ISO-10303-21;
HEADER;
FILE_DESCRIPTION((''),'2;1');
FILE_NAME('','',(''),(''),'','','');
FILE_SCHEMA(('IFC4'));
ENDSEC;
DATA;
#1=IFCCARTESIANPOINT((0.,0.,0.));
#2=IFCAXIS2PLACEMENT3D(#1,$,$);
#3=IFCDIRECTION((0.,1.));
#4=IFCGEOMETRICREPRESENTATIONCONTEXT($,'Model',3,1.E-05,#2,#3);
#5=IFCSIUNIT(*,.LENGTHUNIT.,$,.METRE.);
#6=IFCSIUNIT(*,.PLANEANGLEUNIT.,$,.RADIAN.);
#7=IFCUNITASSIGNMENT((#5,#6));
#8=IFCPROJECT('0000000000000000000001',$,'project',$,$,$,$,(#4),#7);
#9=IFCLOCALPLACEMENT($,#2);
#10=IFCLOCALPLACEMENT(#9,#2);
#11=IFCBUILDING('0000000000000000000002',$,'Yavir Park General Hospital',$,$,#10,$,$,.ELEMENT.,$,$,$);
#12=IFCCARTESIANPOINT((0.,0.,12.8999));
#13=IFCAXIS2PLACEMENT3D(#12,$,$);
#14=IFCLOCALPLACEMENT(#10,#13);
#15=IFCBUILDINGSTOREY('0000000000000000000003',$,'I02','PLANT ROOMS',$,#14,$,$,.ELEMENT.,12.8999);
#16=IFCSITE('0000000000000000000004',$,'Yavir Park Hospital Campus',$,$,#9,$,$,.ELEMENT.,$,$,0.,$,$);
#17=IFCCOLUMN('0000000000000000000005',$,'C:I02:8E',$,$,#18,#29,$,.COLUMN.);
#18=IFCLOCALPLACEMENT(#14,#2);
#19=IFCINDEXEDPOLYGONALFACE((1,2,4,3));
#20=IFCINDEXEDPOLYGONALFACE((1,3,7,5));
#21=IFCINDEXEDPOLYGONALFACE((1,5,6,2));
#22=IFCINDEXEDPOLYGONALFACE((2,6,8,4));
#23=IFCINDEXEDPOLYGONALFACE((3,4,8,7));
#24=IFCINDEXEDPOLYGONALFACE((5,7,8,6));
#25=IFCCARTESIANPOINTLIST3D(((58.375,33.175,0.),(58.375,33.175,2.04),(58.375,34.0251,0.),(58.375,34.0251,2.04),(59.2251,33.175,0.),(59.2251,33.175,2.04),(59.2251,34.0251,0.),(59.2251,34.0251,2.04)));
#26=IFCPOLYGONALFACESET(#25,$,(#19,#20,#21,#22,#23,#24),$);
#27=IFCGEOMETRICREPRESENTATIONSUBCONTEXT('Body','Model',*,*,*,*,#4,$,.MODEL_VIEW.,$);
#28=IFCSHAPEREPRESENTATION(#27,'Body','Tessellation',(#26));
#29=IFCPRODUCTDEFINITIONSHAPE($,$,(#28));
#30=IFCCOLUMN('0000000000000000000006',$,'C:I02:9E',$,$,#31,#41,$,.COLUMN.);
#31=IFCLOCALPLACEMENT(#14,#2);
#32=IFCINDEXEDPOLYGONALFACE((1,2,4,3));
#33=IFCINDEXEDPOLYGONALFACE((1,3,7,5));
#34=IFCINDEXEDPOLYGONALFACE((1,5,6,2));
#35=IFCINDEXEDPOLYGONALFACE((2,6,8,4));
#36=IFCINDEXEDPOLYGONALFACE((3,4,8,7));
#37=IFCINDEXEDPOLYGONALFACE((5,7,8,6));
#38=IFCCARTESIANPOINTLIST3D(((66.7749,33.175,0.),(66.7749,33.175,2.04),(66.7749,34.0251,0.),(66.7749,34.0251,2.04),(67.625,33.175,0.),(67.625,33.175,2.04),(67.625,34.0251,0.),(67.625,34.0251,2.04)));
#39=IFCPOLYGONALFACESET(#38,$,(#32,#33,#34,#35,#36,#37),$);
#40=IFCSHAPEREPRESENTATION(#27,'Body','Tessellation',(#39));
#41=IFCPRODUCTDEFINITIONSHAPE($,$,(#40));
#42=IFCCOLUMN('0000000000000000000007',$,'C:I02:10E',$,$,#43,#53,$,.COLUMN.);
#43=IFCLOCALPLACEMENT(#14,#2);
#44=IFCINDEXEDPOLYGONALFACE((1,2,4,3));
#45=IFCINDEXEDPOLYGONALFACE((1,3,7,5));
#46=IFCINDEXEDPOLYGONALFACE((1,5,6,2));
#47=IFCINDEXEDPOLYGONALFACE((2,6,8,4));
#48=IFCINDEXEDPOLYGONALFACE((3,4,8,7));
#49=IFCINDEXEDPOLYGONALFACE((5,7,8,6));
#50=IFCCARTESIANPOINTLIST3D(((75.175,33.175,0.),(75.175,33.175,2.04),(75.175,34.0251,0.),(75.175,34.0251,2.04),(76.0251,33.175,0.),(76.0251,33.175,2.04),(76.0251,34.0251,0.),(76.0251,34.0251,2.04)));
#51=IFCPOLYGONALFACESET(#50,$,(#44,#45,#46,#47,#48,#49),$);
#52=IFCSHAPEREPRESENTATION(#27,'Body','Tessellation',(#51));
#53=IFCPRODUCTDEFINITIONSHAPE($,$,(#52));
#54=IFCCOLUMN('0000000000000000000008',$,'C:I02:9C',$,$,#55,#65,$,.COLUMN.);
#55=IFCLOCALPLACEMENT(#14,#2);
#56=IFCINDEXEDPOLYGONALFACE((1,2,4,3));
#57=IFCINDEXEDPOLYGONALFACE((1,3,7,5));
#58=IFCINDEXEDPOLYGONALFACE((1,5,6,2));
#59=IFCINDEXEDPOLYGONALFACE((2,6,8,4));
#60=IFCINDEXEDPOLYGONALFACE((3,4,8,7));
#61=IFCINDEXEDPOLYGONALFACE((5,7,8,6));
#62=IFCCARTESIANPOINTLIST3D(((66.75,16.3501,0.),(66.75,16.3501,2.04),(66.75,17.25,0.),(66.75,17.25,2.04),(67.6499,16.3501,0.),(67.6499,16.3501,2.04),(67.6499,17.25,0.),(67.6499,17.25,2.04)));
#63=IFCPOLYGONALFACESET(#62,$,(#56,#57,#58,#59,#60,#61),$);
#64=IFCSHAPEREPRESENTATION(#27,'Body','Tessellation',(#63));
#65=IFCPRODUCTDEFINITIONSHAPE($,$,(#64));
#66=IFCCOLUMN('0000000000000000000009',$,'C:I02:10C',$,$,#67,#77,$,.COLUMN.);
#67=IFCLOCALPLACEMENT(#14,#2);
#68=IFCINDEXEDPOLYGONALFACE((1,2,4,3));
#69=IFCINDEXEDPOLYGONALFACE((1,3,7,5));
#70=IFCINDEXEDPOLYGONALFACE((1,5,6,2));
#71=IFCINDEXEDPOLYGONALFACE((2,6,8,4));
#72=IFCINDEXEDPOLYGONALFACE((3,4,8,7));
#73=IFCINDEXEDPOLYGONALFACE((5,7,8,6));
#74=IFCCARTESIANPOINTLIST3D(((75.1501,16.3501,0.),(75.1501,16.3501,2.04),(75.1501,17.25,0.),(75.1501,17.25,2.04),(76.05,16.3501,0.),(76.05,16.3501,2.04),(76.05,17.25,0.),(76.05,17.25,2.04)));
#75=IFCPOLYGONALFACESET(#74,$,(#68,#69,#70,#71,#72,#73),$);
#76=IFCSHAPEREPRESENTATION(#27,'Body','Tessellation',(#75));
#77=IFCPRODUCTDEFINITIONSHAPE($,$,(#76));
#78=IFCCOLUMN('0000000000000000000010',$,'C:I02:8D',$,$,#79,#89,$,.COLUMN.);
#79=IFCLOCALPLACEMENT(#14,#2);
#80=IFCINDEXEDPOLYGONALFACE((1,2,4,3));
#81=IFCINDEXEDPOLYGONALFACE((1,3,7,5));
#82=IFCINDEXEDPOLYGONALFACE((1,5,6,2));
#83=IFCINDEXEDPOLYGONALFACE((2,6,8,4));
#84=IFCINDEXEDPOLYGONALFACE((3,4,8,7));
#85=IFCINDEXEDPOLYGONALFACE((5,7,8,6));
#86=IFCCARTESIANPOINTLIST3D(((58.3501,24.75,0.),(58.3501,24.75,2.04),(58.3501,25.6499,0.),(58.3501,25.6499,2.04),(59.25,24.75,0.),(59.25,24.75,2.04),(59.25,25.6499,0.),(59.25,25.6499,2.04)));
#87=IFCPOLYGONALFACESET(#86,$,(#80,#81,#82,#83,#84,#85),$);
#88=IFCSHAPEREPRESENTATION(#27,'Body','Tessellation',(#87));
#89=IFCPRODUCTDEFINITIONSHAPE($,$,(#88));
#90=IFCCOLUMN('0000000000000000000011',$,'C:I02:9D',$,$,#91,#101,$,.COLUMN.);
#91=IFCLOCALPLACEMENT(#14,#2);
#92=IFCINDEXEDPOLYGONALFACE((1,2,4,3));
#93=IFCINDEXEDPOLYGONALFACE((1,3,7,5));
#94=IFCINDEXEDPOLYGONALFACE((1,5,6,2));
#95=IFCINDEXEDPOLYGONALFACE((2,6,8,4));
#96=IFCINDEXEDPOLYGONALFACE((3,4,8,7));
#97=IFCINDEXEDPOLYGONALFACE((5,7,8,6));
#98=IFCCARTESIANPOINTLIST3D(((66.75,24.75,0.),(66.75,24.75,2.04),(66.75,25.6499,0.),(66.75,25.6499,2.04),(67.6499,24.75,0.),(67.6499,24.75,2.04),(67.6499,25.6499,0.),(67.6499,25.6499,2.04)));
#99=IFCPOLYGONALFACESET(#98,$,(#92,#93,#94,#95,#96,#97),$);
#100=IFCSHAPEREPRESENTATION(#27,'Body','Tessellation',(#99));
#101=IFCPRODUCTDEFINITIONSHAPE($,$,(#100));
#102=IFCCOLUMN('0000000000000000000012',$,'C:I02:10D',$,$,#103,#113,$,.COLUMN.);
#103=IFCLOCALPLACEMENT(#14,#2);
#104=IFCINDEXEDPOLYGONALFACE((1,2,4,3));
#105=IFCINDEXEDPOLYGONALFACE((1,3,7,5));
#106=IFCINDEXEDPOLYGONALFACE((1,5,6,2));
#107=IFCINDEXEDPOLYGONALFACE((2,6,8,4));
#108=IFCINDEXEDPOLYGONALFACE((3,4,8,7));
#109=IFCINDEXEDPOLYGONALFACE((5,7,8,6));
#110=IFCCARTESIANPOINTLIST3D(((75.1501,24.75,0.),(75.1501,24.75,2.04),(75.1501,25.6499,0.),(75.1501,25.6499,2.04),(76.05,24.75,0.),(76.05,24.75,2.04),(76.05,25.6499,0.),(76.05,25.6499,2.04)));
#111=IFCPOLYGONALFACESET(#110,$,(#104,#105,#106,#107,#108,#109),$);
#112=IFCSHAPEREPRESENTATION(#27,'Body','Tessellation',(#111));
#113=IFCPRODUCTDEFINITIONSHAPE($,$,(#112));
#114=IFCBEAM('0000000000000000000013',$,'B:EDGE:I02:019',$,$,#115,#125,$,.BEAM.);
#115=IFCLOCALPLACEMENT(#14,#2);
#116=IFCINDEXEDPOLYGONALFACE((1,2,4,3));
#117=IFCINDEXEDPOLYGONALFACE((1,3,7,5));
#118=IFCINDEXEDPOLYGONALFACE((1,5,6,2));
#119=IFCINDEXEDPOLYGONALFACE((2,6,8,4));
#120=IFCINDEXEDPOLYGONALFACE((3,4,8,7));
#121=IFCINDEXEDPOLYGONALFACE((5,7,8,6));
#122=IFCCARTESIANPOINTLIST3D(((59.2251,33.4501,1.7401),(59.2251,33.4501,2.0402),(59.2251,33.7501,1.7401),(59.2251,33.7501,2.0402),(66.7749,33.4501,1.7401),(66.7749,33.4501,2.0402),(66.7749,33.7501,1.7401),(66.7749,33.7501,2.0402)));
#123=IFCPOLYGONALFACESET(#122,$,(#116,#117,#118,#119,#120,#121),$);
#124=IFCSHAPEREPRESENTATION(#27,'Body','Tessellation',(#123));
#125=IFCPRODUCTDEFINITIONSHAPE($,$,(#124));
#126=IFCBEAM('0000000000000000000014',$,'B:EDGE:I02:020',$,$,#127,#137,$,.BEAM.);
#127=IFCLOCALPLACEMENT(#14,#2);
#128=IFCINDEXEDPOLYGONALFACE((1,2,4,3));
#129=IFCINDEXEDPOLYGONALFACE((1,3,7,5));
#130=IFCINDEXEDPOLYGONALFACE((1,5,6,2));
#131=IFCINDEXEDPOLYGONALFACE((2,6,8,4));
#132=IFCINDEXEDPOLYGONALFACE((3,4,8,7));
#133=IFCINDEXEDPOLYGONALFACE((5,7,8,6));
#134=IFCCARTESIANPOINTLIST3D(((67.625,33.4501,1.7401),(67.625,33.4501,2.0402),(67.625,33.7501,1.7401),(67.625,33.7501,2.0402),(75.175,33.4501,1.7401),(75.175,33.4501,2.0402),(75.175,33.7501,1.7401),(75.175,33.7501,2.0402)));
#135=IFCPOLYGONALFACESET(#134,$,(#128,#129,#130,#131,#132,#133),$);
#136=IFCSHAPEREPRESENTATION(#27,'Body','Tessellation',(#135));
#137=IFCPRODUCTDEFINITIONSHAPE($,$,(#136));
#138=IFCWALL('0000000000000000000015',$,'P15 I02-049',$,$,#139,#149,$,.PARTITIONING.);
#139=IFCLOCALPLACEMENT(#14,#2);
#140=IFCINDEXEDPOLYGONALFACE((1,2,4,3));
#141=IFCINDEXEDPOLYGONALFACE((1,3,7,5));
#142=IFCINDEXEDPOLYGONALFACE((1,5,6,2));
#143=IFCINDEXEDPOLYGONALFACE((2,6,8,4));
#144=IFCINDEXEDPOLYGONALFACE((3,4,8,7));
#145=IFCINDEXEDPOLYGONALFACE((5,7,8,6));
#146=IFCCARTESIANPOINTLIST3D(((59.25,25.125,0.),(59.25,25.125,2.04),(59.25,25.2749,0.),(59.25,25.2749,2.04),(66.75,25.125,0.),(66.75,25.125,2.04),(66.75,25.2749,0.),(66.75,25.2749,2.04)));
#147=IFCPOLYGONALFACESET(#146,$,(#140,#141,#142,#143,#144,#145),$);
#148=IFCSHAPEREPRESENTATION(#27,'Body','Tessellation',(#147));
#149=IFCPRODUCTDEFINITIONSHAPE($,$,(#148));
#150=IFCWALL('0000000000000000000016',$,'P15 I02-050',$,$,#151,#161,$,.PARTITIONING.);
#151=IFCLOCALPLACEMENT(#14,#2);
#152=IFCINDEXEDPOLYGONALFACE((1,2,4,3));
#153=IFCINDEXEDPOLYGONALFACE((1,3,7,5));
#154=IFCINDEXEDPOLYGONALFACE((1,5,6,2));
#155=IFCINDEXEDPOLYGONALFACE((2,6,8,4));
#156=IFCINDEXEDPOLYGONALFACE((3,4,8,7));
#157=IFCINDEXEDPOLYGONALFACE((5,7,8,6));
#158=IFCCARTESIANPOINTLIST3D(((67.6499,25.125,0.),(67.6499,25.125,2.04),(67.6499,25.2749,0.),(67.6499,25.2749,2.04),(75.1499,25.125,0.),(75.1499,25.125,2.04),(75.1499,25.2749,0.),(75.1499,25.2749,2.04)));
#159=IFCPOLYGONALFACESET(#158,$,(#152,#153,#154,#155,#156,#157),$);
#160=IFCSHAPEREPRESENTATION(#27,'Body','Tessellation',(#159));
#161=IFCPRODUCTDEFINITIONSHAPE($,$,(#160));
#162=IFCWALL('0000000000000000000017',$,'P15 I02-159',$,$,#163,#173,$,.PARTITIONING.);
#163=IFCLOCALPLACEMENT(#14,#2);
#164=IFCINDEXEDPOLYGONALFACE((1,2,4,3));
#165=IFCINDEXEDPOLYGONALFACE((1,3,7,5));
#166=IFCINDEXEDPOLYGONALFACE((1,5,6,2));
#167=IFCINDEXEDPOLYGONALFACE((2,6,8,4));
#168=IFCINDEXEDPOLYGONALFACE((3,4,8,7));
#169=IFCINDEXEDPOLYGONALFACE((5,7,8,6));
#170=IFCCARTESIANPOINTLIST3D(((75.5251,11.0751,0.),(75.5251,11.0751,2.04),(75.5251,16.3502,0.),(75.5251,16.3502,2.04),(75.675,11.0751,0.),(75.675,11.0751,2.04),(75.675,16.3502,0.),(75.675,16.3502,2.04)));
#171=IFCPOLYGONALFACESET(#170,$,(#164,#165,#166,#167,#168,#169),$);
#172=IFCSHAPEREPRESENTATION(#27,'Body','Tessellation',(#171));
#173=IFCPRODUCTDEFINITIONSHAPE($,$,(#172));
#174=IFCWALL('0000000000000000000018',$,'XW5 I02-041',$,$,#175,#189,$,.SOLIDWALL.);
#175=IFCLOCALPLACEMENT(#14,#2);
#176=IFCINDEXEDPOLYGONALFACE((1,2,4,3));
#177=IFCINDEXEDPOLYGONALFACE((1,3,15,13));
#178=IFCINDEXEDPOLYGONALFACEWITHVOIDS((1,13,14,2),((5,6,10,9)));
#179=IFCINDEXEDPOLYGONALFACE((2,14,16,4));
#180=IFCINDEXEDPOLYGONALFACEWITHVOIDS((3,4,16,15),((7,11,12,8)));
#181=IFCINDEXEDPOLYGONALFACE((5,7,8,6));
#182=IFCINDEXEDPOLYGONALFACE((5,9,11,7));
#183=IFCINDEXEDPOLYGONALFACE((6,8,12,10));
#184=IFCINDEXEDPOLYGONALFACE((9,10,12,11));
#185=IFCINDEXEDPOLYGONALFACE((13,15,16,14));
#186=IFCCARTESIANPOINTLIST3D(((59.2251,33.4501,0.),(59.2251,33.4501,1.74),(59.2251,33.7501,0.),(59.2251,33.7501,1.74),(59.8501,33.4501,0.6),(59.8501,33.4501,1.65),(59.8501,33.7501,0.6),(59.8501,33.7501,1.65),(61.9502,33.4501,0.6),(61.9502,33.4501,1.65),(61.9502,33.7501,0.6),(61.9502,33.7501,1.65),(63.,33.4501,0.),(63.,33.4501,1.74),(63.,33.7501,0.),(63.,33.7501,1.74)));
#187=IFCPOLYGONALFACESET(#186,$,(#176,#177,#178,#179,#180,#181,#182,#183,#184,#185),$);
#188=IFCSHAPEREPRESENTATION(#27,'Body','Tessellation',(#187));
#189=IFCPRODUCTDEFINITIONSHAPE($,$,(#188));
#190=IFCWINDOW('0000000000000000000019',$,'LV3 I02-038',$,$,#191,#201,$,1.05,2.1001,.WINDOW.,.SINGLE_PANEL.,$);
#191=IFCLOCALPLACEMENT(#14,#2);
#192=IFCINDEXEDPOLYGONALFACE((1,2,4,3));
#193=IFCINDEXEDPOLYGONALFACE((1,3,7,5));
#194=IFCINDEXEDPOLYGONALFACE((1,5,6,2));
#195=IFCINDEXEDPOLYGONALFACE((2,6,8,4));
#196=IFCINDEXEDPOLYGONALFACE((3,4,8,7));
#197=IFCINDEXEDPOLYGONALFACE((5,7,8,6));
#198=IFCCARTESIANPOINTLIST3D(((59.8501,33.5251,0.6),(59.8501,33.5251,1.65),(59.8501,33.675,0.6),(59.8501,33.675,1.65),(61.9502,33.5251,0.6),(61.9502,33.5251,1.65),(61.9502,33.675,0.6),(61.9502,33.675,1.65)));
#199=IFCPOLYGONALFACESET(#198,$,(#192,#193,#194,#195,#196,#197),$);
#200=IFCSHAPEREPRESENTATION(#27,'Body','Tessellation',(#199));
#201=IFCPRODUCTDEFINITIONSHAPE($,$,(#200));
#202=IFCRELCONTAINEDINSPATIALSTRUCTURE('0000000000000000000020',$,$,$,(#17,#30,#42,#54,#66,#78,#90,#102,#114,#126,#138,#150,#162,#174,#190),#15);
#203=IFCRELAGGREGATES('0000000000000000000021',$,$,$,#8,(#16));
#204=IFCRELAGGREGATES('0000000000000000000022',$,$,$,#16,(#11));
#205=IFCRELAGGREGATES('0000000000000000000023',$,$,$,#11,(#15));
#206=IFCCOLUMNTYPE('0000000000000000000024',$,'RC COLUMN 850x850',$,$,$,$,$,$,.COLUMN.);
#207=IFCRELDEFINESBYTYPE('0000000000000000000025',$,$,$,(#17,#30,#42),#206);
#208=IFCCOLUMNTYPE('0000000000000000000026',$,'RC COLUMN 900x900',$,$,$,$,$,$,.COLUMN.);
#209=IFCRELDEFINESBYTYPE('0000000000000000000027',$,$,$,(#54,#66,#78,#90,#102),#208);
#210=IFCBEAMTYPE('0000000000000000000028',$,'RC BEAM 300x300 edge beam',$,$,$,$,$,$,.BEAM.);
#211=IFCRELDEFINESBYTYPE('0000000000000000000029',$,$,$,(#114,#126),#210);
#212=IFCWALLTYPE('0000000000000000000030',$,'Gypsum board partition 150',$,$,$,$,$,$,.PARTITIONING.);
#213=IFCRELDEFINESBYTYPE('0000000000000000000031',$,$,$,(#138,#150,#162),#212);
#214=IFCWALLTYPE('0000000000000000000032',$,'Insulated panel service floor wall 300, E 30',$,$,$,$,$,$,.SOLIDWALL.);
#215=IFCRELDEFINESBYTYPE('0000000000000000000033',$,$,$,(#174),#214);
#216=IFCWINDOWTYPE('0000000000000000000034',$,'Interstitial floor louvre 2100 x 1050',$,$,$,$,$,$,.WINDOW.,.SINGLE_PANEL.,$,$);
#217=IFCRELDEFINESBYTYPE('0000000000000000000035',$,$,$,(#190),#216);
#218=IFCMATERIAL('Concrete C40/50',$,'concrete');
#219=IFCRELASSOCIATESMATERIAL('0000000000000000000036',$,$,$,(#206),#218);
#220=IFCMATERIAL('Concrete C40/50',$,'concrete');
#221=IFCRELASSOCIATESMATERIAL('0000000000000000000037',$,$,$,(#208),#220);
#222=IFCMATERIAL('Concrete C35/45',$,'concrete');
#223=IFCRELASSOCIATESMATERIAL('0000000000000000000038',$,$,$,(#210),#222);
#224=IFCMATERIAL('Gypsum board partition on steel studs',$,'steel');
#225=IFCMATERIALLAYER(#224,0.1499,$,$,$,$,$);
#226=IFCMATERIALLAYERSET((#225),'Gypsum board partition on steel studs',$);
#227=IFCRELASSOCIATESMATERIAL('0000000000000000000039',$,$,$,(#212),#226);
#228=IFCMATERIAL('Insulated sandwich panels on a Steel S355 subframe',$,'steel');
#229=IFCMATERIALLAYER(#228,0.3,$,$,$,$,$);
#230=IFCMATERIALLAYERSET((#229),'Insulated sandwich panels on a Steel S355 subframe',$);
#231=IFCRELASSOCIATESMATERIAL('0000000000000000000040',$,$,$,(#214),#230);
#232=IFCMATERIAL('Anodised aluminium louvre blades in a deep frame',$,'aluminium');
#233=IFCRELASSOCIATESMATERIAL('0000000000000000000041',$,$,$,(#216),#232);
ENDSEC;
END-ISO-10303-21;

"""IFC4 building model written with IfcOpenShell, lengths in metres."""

from ifc_helpers import new_model, si_unit, direction, frame, frame_2d, origin, origin_2d, place, context, subcontext, project, spatial, rectangle, extrude, material, layer, layer_set, material_profile, profile_set, type_object, element, fill, save


model = new_model("IFC4")

# Units and contexts
model_context = context("Model", 3, precision=1e-05, world=origin(), true_north=direction((0.0, 1.0)))
body_context = subcontext(model_context, "Body", "Model", "MODEL_VIEW")
ifc_project = project(units=[si_unit("LENGTHUNIT", "METRE"), si_unit("PLANEANGLEUNIT", "RADIAN")], contexts=[model_context])

# Site, building, storey
site_placement = place(None, origin())
site = spatial("IfcSite", under=ifc_project, at=site_placement, Name="Yavir Park Hospital Campus", CompositionType="ELEMENT", RefElevation=0.0)
building_placement = place(site_placement, origin())
building = spatial("IfcBuilding", under=site, at=building_placement, Name="Yavir Park General Hospital", CompositionType="ELEMENT")
storey_placement = place(building_placement, frame((0.0, 0.0, 12.8999)))
storey = spatial("IfcBuildingStorey", under=building, at=storey_placement, Name="I02", Description="PLANT ROOMS", CompositionType="ELEMENT", Elevation=12.8999)

# Columns
ifc_material_1 = material(Name="Concrete C40/50", Category="concrete")
ifc_material_profile_1 = material_profile(ifc_material_1, rectangle(XDim=0.8501, YDim=0.8501, at=origin_2d()), Name="RC850x850")
ifc_profile_set_1 = profile_set([ifc_material_profile_1], Name="Concrete C40/50")
column_type_1 = type_object("IfcColumnType", Name="RC COLUMN 850x850", PredefinedType="COLUMN", material=ifc_profile_set_1)
for number, where, z_axis, x_axis, name in (
    (1, (58.8, 33.6001, 0.0), (0.0, 0.0, 1.0), (1.0, 0.0, 0.0), "C:I02:8E"),
    (2, (67.2, 33.6001, 0.0), (0.0, 0.0, 1.0), (1.0, 0.0, 0.0), "C:I02:9E"),
    (3, (75.6001, 33.6001, 0.0), (0.0, 0.0, 1.0), (1.0, 0.0, 0.0), "C:I02:10E"),
):
    element("IfcColumn", number, at=place(storey_placement, frame(where, z_axis=z_axis, x_axis=x_axis)), inside=storey, type_object=column_type_1, Name=name, PredefinedType="COLUMN", context=body_context, shape_type="SweptSolid", body=[
        extrude(rectangle(XDim=0.8501, YDim=0.8501, at=origin_2d()), origin(), (0.0, 0.0, 1.0), 2.04),
    ])
ifc_material_2 = material(Name="Concrete C40/50", Category="concrete")
ifc_material_profile_2 = material_profile(ifc_material_2, rectangle(XDim=0.8999, YDim=0.8999, at=origin_2d()), Name="RC900x900")
ifc_profile_set_2 = profile_set([ifc_material_profile_2], Name="Concrete C40/50")
column_type_2 = type_object("IfcColumnType", Name="RC COLUMN 900x900", PredefinedType="COLUMN", material=ifc_profile_set_2)
for number, where, z_axis, x_axis, name in (
    (4, (67.2, 16.8, 0.0), (0.0, 0.0, 1.0), (1.0, 0.0, 0.0), "C:I02:9C"),
    (5, (75.6001, 16.8, 0.0), (0.0, 0.0, 1.0), (1.0, 0.0, 0.0), "C:I02:10C"),
    (6, (58.8, 25.2, 0.0), (0.0, 0.0, 1.0), (1.0, 0.0, 0.0), "C:I02:8D"),
    (7, (67.2, 25.2, 0.0), (0.0, 0.0, 1.0), (1.0, 0.0, 0.0), "C:I02:9D"),
    (8, (75.6001, 25.2, 0.0), (0.0, 0.0, 1.0), (1.0, 0.0, 0.0), "C:I02:10D"),
):
    element("IfcColumn", number, at=place(storey_placement, frame(where, z_axis=z_axis, x_axis=x_axis)), inside=storey, type_object=column_type_2, Name=name, PredefinedType="COLUMN", context=body_context, shape_type="SweptSolid", body=[
        extrude(rectangle(XDim=0.8999, YDim=0.8999, at=origin_2d()), origin(), (0.0, 0.0, 1.0), 2.04),
    ])

# Beams
ifc_material_3 = material(Name="Concrete C35/45", Category="concrete")
ifc_material_profile_3 = material_profile(ifc_material_3, rectangle(XDim=0.3, YDim=0.3, at=origin_2d()), Name="RC300x300")
ifc_profile_set_3 = profile_set([ifc_material_profile_3], Name="Concrete C35/45")
beam_type = type_object("IfcBeamType", Name="RC BEAM 300x300 edge beam", PredefinedType="BEAM", material=ifc_profile_set_3)
beam_1_placement = place(storey_placement, frame((59.2251, 33.6001, 1.8901), z_axis=(1.0, 0.0, 0.0), x_axis=(0.0, 1.0, 0.0)))
element("IfcBeam", 9, at=beam_1_placement, inside=storey, type_object=beam_type, Name="B:EDGE:I02:019", PredefinedType="BEAM", context=body_context, shape_type="SweptSolid", body=[
    extrude(rectangle(XDim=0.3, YDim=0.3, at=origin_2d()), origin(), (0.0, 0.0, 1.0), 7.5498),
])
beam_2_placement = place(storey_placement, frame((67.625, 33.6001, 1.8901), z_axis=(1.0, 0.0, 0.0), x_axis=(0.0, 1.0, 0.0)))
element("IfcBeam", 10, at=beam_2_placement, inside=storey, type_object=beam_type, Name="B:EDGE:I02:020", PredefinedType="BEAM", context=body_context, shape_type="SweptSolid", body=[
    extrude(rectangle(XDim=0.3, YDim=0.3, at=origin_2d()), origin(), (0.0, 0.0, 1.0), 7.55),
])

# Walls
ifc_material_4 = material(Name="Gypsum board partition on steel studs", Category="steel")
ifc_layer_1 = layer(ifc_material_4, 0.1499)
ifc_layer_set_1 = layer_set([ifc_layer_1], Name="Gypsum board partition on steel studs")
wall_type_1 = type_object("IfcWallType", Name="Gypsum board partition 150", PredefinedType="PARTITIONING", material=ifc_layer_set_1)
for number, where, z_axis, x_axis, name in (
    (11, (59.25, 25.2, 0.0), (0.0, 0.0, 1.0), (1.0, 0.0, 0.0), "P15 I02-049"),
    (12, (67.6499, 25.2, 0.0), (0.0, 0.0, 1.0), (1.0, 0.0, 0.0), "P15 I02-050"),
):
    element("IfcWall", number, at=place(storey_placement, frame(where, z_axis=z_axis, x_axis=x_axis)), inside=storey, type_object=wall_type_1, Name=name, PredefinedType="PARTITIONING", context=body_context, shape_type="SweptSolid", body=[
        extrude(rectangle(XDim=7.5, YDim=0.1499, at=frame_2d((3.75, 0.0))), origin(), (0.0, 0.0, 1.0), 2.04),
    ])
wall_1_placement = place(storey_placement, frame((75.6001, 11.075, 0.0), z_axis=(0.0, 0.0, 1.0), x_axis=(0.0, 1.0, 0.0)))
element("IfcWall", 13, at=wall_1_placement, inside=storey, type_object=wall_type_1, Name="P15 I02-159", PredefinedType="PARTITIONING", context=body_context, shape_type="SweptSolid", body=[
    extrude(rectangle(XDim=5.2751, YDim=0.1499, at=frame_2d((2.6377, 0.0))), origin(), (0.0, 0.0, 1.0), 2.04),
])

# Wall, opening, window
ifc_material_5 = material(Name="Insulated sandwich panels on a Steel S355 subframe", Category="steel")
ifc_layer_2 = layer(ifc_material_5, 0.3)
ifc_layer_set_2 = layer_set([ifc_layer_2], Name="Insulated sandwich panels on a Steel S355 subframe")
wall_type_2 = type_object("IfcWallType", Name="Insulated panel service floor wall 300, E 30", PredefinedType="SOLIDWALL", material=ifc_layer_set_2)
wall_2_placement = place(storey_placement, frame((59.2251, 33.6001, 0.0), z_axis=(0.0, 0.0, 1.0), x_axis=(1.0, 0.0, 0.0)))
wall_2 = element("IfcWall", 14, at=wall_2_placement, inside=storey, type_object=wall_type_2, Name="XW5 I02-041", PredefinedType="SOLIDWALL", context=body_context, shape_type="SweptSolid", body=[
    extrude(rectangle(XDim=3.7749, YDim=0.3, at=frame_2d((1.8875, 0.0))), origin(), (0.0, 0.0, 1.0), 1.74),
])
opening_1_placement = place(wall_2_placement, frame((0.625, 0.0, 0.6001)))
opening_1 = element("IfcOpeningElement", 15, at=opening_1_placement, cuts=wall_2, PredefinedType="OPENING", context=body_context, shape_type="SweptSolid", body=[
    extrude(rectangle(XDim=2.1001, YDim=1.05, at=frame_2d((1.05, 0.5249))), frame((0.0, 0.1599, 0.0), z_axis=(0.0, -1.0, 0.0), x_axis=(1.0, 0.0, 0.0)), (0.0, 0.0, 1.0), 0.3201),
])
ifc_material_6 = material(Name="Anodised aluminium louvre blades in a deep frame", Category="aluminium")
window_type = type_object("IfcWindowType", Name="Interstitial floor louvre 2100 x 1050", PartitioningType="SINGLE_PANEL", PredefinedType="WINDOW", material=ifc_material_6)
window_1_placement = place(opening_1_placement, origin())
window_1 = element("IfcWindow", 16, at=window_1_placement, inside=storey, type_object=window_type, Name="LV3 I02-038", OverallHeight=1.05, OverallWidth=2.1001, PartitioningType="SINGLE_PANEL", PredefinedType="WINDOW", context=body_context, shape_type="SweptSolid", body=[
    extrude(rectangle(XDim=2.1001, YDim=1.05, at=frame_2d((1.05, 0.5249))), frame((0.0, 0.075, 0.0), z_axis=(0.0, -1.0, 0.0), x_axis=(1.0, 0.0, 0.0)), (0.0, 0.0, 1.0), 0.1499),
])
fill(opening_1, window_1)

save(model, "model.ifc")
